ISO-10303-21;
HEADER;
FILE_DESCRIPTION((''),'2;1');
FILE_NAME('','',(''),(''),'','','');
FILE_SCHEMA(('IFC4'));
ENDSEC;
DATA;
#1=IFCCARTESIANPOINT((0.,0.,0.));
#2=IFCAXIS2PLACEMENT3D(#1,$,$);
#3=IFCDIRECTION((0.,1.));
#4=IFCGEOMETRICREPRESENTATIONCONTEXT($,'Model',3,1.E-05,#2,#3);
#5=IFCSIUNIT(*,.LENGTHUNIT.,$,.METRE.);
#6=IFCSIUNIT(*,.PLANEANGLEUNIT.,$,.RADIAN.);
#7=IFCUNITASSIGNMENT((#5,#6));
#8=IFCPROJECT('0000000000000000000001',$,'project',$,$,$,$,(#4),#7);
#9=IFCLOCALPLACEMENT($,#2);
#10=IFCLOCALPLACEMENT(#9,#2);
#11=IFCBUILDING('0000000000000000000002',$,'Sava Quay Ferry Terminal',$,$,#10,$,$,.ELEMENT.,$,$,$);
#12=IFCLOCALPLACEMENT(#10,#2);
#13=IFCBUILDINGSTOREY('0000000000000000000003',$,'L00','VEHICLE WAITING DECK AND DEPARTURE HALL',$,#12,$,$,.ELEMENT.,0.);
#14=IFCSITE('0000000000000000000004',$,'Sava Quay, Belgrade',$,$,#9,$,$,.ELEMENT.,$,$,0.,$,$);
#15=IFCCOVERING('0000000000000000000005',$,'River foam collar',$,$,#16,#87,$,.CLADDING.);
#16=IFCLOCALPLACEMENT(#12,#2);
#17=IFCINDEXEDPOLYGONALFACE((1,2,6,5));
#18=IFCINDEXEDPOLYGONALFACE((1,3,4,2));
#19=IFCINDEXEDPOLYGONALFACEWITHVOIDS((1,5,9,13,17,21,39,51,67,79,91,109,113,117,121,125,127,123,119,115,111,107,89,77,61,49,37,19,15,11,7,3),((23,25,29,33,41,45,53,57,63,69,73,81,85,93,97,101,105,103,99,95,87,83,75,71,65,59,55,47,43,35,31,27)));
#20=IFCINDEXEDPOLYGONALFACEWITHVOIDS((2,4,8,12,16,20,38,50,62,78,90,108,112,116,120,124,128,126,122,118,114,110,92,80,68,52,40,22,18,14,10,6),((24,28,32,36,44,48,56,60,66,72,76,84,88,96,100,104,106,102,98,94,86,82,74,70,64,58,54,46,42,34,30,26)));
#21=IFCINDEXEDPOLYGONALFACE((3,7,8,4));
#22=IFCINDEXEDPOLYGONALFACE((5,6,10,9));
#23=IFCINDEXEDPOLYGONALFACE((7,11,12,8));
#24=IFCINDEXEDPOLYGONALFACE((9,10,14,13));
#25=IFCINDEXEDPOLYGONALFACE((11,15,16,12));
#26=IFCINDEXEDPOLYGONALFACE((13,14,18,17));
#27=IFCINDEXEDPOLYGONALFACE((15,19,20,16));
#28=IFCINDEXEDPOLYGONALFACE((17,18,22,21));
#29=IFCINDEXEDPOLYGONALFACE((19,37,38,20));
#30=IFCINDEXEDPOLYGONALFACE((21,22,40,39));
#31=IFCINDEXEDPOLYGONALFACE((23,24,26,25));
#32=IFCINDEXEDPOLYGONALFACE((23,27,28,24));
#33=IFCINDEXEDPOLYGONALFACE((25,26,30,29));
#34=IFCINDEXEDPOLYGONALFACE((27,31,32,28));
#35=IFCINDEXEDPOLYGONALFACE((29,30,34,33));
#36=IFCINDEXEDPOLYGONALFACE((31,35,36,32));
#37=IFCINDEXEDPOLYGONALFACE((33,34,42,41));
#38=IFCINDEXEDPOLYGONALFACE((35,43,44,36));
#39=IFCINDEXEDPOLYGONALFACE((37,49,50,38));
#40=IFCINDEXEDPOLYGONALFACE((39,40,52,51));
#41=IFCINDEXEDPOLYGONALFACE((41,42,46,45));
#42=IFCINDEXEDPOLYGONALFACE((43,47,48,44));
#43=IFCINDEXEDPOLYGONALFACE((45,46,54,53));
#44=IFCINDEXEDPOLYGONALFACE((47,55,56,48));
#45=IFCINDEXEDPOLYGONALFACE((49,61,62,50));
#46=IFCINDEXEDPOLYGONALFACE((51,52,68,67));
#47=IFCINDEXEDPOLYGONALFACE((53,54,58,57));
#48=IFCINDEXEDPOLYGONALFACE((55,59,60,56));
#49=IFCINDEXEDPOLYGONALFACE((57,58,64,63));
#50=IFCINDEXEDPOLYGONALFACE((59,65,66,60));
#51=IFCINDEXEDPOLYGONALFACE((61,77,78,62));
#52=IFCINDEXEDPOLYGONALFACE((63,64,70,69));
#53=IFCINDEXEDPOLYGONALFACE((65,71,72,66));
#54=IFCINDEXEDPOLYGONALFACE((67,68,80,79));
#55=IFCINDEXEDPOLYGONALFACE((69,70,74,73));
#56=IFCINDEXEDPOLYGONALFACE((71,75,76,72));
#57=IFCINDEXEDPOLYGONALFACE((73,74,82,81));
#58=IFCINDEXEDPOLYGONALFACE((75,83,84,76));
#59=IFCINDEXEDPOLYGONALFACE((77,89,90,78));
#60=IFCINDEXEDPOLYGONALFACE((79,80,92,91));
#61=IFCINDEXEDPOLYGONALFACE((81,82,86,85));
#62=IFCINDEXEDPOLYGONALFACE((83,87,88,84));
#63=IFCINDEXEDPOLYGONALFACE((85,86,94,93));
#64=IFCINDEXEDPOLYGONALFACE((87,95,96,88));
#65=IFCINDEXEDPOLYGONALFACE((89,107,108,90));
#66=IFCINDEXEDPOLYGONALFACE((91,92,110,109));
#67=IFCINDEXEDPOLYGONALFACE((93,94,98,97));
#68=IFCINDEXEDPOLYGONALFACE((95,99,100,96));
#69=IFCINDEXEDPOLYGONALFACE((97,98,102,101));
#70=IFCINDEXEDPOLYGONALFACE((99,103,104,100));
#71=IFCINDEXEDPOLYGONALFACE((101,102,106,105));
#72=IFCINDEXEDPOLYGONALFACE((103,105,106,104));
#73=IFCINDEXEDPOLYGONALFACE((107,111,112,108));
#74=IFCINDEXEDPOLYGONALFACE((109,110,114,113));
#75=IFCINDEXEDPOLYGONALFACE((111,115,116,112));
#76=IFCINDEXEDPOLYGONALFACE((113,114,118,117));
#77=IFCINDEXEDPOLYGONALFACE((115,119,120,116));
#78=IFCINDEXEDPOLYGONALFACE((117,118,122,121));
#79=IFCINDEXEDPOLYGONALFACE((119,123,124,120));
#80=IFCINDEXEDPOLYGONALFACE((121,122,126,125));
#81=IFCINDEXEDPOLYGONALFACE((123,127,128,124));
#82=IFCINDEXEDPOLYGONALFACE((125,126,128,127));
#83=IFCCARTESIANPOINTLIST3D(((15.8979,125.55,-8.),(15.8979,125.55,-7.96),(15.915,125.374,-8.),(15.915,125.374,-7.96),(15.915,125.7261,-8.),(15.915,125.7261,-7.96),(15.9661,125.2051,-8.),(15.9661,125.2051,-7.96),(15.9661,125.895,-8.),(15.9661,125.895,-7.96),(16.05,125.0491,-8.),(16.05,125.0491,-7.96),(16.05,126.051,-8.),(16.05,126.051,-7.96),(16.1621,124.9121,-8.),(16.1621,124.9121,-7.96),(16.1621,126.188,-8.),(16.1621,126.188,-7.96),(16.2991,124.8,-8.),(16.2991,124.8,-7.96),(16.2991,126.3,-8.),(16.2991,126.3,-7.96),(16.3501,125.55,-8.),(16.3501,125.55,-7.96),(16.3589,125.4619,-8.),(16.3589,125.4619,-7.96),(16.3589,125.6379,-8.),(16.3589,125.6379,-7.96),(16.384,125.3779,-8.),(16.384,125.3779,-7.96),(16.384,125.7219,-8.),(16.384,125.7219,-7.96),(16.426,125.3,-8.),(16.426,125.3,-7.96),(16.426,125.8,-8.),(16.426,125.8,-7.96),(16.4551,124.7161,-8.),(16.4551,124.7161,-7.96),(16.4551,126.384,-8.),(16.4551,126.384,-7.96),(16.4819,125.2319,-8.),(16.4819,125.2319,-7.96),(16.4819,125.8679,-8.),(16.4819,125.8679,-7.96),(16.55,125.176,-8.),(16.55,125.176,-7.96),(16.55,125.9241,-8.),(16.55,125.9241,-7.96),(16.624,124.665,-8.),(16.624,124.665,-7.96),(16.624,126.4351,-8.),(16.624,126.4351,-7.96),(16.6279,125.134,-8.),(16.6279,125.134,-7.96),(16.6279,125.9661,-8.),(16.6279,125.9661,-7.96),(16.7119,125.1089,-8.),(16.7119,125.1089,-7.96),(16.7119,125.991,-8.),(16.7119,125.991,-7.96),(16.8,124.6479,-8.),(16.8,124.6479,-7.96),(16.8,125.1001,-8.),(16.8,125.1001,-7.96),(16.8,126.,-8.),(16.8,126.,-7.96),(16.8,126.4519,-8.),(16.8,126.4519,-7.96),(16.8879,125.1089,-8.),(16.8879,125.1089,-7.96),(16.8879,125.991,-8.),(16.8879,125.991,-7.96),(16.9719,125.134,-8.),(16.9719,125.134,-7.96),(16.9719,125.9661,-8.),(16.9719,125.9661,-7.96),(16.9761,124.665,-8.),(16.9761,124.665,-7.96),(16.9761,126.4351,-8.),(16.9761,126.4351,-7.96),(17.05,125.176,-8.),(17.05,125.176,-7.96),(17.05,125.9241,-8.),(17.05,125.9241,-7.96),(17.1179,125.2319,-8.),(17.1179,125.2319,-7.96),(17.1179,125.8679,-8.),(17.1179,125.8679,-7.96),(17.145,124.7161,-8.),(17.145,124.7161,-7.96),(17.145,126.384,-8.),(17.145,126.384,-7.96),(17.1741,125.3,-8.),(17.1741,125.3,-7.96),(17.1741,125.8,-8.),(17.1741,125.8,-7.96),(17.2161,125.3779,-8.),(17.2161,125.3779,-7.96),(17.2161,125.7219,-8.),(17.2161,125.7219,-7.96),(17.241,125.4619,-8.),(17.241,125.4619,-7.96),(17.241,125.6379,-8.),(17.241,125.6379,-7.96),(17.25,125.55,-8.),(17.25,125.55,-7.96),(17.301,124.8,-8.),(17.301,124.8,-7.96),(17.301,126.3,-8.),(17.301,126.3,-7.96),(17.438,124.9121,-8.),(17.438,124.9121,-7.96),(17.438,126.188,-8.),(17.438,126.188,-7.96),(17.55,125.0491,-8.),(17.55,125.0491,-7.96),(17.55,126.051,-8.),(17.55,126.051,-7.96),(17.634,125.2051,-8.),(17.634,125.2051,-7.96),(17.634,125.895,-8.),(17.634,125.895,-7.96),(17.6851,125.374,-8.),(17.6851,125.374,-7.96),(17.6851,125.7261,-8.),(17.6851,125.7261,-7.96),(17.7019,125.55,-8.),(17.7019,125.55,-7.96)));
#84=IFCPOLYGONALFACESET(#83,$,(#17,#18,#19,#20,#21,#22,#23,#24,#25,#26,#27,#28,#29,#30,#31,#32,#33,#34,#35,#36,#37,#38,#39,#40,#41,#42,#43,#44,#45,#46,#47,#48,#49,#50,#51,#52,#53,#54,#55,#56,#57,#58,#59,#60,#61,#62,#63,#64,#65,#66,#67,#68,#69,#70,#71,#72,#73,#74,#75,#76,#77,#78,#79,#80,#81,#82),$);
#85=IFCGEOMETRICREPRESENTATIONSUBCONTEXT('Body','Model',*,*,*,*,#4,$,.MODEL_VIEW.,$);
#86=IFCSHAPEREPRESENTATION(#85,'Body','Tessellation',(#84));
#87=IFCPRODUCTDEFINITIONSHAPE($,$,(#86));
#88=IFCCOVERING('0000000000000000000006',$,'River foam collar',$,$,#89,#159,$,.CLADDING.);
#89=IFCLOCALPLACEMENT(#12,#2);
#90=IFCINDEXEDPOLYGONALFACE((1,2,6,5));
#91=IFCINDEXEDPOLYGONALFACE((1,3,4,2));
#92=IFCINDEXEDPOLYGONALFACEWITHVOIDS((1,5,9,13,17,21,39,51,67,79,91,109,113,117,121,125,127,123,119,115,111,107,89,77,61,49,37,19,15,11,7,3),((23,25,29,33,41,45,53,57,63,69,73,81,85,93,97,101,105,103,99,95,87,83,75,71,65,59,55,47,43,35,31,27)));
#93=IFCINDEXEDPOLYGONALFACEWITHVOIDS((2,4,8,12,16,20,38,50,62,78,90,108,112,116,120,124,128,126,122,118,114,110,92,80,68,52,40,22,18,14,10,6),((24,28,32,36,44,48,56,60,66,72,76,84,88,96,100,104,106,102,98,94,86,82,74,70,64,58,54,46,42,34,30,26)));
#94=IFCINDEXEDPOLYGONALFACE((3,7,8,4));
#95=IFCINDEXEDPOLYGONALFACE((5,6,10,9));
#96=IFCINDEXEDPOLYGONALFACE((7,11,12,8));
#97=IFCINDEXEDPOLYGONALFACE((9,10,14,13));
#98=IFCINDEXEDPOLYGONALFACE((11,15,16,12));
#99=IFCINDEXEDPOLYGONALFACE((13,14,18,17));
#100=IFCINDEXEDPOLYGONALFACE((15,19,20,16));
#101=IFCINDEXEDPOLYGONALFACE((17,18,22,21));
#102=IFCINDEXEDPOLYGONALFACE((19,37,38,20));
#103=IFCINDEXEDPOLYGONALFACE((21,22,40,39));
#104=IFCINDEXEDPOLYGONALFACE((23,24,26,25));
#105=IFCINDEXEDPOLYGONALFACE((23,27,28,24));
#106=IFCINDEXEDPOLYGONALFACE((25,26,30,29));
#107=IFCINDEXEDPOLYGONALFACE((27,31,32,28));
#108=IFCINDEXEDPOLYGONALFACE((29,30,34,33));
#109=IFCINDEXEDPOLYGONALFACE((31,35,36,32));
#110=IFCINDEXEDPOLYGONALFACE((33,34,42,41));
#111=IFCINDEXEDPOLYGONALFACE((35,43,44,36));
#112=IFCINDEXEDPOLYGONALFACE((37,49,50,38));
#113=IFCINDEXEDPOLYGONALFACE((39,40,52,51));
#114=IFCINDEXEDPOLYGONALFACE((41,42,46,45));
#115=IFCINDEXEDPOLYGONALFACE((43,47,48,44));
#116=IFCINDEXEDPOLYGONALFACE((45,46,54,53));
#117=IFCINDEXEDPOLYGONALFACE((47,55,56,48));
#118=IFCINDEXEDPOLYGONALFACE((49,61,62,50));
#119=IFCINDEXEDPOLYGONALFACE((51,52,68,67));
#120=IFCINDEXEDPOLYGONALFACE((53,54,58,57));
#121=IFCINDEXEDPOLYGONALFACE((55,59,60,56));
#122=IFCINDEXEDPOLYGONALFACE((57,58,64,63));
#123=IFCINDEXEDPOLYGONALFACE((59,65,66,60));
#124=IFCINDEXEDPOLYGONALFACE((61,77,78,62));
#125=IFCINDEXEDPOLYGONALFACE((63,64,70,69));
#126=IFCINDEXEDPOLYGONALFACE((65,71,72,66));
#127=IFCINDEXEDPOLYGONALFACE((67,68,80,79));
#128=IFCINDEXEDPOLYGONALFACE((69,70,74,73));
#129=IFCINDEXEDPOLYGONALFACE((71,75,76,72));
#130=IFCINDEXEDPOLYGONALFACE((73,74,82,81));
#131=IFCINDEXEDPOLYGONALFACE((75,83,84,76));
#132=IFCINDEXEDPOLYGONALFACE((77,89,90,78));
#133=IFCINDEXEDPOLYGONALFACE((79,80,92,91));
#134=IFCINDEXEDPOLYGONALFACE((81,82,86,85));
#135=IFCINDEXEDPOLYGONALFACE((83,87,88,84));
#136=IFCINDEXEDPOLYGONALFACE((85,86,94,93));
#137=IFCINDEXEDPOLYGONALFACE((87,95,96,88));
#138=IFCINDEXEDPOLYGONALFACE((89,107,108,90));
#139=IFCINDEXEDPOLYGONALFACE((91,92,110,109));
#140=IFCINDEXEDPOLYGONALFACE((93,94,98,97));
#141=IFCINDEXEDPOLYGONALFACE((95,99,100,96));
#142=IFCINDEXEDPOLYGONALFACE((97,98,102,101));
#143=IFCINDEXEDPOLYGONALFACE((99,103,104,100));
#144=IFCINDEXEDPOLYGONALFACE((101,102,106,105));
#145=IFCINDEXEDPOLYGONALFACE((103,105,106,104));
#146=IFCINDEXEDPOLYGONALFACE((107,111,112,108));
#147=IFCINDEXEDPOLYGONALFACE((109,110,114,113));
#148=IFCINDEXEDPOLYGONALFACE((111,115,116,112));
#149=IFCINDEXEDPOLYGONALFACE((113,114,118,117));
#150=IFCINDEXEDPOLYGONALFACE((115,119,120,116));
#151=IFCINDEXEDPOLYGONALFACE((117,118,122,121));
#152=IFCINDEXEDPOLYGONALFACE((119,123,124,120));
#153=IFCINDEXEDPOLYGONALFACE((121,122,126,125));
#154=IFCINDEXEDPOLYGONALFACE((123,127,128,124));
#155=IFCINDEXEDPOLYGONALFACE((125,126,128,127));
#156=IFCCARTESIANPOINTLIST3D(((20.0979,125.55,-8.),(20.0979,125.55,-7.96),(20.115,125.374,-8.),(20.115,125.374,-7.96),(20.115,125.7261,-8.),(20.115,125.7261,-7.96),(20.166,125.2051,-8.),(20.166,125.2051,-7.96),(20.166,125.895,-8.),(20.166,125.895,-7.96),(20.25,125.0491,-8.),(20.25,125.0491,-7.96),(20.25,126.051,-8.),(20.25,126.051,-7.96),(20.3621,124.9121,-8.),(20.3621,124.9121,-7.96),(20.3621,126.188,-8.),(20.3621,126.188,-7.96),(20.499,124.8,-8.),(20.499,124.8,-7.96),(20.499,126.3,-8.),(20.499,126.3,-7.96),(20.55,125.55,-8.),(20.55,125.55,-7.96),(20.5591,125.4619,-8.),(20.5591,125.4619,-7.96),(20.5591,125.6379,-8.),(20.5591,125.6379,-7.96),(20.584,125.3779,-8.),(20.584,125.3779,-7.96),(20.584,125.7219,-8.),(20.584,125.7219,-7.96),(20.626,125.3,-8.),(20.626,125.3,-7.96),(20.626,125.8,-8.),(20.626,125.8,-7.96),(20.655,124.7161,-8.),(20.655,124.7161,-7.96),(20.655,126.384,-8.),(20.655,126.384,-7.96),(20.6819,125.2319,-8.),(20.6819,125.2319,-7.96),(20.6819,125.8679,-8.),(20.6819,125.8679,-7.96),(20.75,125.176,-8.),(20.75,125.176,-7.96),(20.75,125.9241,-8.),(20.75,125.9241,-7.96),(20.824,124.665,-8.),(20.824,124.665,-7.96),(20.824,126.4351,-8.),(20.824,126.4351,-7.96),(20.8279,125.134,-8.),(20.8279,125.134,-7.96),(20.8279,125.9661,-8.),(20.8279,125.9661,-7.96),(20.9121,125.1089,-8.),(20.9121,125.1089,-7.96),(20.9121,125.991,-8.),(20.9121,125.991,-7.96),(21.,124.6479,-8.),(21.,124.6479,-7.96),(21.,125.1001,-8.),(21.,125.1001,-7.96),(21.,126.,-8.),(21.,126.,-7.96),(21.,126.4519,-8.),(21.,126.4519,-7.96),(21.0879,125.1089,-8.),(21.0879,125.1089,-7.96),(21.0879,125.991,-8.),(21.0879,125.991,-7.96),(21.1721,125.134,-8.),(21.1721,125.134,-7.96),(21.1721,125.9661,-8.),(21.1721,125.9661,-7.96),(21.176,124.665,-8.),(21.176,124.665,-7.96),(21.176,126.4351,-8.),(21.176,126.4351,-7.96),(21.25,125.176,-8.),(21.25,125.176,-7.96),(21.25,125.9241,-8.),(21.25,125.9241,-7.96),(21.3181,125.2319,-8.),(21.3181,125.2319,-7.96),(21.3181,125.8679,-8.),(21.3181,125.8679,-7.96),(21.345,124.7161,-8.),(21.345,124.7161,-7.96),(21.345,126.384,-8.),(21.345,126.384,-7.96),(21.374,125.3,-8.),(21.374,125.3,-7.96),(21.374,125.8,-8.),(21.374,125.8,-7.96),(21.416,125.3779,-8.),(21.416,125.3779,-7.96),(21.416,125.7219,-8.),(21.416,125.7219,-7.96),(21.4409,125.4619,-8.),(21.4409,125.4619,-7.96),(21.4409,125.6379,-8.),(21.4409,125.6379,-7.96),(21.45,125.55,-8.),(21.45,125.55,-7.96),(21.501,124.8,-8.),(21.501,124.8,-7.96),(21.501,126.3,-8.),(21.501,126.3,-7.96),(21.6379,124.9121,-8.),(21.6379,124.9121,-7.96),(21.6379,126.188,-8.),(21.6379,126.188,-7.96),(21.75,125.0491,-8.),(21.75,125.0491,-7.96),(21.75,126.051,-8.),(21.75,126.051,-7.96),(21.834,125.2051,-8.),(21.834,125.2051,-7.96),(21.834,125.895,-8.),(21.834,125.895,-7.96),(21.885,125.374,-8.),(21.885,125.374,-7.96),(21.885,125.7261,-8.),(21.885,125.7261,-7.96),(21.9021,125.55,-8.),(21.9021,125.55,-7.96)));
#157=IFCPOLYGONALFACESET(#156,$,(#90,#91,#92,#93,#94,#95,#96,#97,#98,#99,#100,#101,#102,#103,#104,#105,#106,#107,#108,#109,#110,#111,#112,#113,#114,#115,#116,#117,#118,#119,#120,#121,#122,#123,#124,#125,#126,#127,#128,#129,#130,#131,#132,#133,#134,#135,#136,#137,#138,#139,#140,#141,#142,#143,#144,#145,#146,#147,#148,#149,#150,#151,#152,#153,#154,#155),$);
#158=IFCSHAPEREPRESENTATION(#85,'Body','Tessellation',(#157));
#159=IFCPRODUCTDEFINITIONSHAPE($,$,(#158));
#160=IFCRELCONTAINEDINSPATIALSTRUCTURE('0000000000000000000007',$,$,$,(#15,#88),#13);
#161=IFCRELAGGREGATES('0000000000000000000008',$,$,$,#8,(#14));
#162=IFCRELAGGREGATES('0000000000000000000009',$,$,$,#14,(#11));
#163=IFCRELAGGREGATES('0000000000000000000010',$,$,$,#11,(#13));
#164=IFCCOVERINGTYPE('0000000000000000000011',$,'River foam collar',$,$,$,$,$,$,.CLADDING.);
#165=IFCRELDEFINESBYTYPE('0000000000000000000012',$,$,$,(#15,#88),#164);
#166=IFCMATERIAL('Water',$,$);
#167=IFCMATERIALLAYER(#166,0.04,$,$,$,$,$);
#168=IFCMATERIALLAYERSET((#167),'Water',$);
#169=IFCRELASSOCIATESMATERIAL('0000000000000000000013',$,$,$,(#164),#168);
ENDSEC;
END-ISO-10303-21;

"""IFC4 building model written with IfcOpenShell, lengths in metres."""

from ifc_helpers import new_model, si_unit, direction, frame, origin, place, context, subcontext, project, spatial, polyline, outline, extrude, material, layer, layer_set, type_object, element, save


model = new_model("IFC4")

# Units and contexts
model_context = context("Model", 3, precision=1e-05, world=origin(), true_north=direction((0.0, 1.0)))
body_context = subcontext(model_context, "Body", "Model", "MODEL_VIEW")
ifc_project = project(units=[si_unit("LENGTHUNIT", "METRE"), si_unit("PLANEANGLEUNIT", "RADIAN")], contexts=[model_context])

# Site, building, storey
site_placement = place(None, origin())
site = spatial("IfcSite", under=ifc_project, at=site_placement, Name="Sava Quay, Belgrade", CompositionType="ELEMENT", RefElevation=0.0)
building_placement = place(site_placement, origin())
building = spatial("IfcBuilding", under=site, at=building_placement, Name="Sava Quay Ferry Terminal", CompositionType="ELEMENT")
storey_placement = place(building_placement, origin())
storey = spatial("IfcBuildingStorey", under=building, at=storey_placement, Name="L00", Description="VEHICLE WAITING DECK AND DEPARTURE HALL", CompositionType="ELEMENT", Elevation=0.0)

# Coverings
ifc_material = material(Name="Water")
ifc_layer = layer(ifc_material, 0.04)
ifc_layer_set = layer_set([ifc_layer], Name="Water")
covering_type = type_object("IfcCoveringType", Name="River foam collar", PredefinedType="CLADDING", material=ifc_layer_set)
covering_1_placement = place(storey_placement, frame((0.0, 0.0, -8.0)))
element("IfcCovering", 1, at=covering_1_placement, inside=storey, type_object=covering_type, Name="River foam collar", PredefinedType="CLADDING", context=body_context, shape_type="SweptSolid", body=[
    extrude(outline(polyline([(17.301, 124.8), (17.438, 124.9121), (17.55, 125.0491), (17.634, 125.2051), (17.6851, 125.374), (17.7019, 125.55), (17.6851, 125.7261), (17.634, 125.895), (17.55, 126.051), (17.438, 126.188), (17.301, 126.3), (17.145, 126.384), (16.9761, 126.4351), (16.8, 126.4519), (16.624, 126.4351), (16.4551, 126.384), (16.2991, 126.3), (16.1621, 126.188), (16.05, 126.051), (15.9661, 125.895), (15.915, 125.7261), (15.8979, 125.55), (15.915, 125.374), (15.9661, 125.2051), (16.05, 125.0491), (16.1621, 124.9121), (16.2991, 124.8), (16.4551, 124.7161), (16.624, 124.665), (16.8, 124.6479), (16.9761, 124.665), (17.145, 124.7161), (17.301, 124.8)]), holes=[polyline([(17.05, 125.9241), (17.1179, 125.8679), (17.1741, 125.8), (17.2161, 125.7219), (17.241, 125.6379), (17.25, 125.55), (17.241, 125.4619), (17.2161, 125.3779), (17.1741, 125.3), (17.1179, 125.2319), (17.05, 125.176), (16.9719, 125.134), (16.8879, 125.1089), (16.8, 125.1001), (16.7119, 125.1089), (16.6279, 125.134), (16.55, 125.176), (16.4819, 125.2319), (16.426, 125.3), (16.384, 125.3779), (16.3589, 125.4619), (16.3501, 125.55), (16.3589, 125.6379), (16.384, 125.7219), (16.426, 125.8), (16.4819, 125.8679), (16.55, 125.9241), (16.6279, 125.9661), (16.7119, 125.991), (16.8, 126.0), (16.8879, 125.991), (16.9719, 125.9661), (17.05, 125.9241)])]), origin(), (0.0, 0.0, 1.0), 0.04),
])
covering_2_placement = place(storey_placement, frame((0.0, 0.0, -8.0)))
element("IfcCovering", 2, at=covering_2_placement, inside=storey, type_object=covering_type, Name="River foam collar", PredefinedType="CLADDING", context=body_context, shape_type="SweptSolid", body=[
    extrude(outline(polyline([(21.345, 124.7161), (21.501, 124.8), (21.6379, 124.9121), (21.75, 125.0491), (21.834, 125.2051), (21.885, 125.374), (21.9021, 125.55), (21.885, 125.7261), (21.834, 125.895), (21.75, 126.051), (21.6379, 126.188), (21.501, 126.3), (21.345, 126.384), (21.176, 126.4351), (21.0, 126.4519), (20.824, 126.4351), (20.655, 126.384), (20.499, 126.3), (20.3621, 126.188), (20.25, 126.051), (20.166, 125.895), (20.115, 125.7261), (20.0979, 125.55), (20.115, 125.374), (20.166, 125.2051), (20.25, 125.0491), (20.3621, 124.9121), (20.499, 124.8), (20.655, 124.7161), (20.824, 124.665), (21.0, 124.6479), (21.176, 124.665), (21.345, 124.7161)]), holes=[polyline([(21.1721, 125.9661), (21.25, 125.9241), (21.3181, 125.8679), (21.374, 125.8), (21.416, 125.7219), (21.4409, 125.6379), (21.45, 125.55), (21.4409, 125.4619), (21.416, 125.3779), (21.374, 125.3), (21.3181, 125.2319), (21.25, 125.176), (21.1721, 125.134), (21.0879, 125.1089), (21.0, 125.1001), (20.9121, 125.1089), (20.8279, 125.134), (20.75, 125.176), (20.6819, 125.2319), (20.626, 125.3), (20.584, 125.3779), (20.5591, 125.4619), (20.55, 125.55), (20.5591, 125.6379), (20.584, 125.7219), (20.626, 125.8), (20.6819, 125.8679), (20.75, 125.9241), (20.8279, 125.9661), (20.9121, 125.991), (21.0, 126.0), (21.0879, 125.991), (21.1721, 125.9661)])]), origin(), (0.0, 0.0, 1.0), 0.04),
])

save(model, "model.ifc")
